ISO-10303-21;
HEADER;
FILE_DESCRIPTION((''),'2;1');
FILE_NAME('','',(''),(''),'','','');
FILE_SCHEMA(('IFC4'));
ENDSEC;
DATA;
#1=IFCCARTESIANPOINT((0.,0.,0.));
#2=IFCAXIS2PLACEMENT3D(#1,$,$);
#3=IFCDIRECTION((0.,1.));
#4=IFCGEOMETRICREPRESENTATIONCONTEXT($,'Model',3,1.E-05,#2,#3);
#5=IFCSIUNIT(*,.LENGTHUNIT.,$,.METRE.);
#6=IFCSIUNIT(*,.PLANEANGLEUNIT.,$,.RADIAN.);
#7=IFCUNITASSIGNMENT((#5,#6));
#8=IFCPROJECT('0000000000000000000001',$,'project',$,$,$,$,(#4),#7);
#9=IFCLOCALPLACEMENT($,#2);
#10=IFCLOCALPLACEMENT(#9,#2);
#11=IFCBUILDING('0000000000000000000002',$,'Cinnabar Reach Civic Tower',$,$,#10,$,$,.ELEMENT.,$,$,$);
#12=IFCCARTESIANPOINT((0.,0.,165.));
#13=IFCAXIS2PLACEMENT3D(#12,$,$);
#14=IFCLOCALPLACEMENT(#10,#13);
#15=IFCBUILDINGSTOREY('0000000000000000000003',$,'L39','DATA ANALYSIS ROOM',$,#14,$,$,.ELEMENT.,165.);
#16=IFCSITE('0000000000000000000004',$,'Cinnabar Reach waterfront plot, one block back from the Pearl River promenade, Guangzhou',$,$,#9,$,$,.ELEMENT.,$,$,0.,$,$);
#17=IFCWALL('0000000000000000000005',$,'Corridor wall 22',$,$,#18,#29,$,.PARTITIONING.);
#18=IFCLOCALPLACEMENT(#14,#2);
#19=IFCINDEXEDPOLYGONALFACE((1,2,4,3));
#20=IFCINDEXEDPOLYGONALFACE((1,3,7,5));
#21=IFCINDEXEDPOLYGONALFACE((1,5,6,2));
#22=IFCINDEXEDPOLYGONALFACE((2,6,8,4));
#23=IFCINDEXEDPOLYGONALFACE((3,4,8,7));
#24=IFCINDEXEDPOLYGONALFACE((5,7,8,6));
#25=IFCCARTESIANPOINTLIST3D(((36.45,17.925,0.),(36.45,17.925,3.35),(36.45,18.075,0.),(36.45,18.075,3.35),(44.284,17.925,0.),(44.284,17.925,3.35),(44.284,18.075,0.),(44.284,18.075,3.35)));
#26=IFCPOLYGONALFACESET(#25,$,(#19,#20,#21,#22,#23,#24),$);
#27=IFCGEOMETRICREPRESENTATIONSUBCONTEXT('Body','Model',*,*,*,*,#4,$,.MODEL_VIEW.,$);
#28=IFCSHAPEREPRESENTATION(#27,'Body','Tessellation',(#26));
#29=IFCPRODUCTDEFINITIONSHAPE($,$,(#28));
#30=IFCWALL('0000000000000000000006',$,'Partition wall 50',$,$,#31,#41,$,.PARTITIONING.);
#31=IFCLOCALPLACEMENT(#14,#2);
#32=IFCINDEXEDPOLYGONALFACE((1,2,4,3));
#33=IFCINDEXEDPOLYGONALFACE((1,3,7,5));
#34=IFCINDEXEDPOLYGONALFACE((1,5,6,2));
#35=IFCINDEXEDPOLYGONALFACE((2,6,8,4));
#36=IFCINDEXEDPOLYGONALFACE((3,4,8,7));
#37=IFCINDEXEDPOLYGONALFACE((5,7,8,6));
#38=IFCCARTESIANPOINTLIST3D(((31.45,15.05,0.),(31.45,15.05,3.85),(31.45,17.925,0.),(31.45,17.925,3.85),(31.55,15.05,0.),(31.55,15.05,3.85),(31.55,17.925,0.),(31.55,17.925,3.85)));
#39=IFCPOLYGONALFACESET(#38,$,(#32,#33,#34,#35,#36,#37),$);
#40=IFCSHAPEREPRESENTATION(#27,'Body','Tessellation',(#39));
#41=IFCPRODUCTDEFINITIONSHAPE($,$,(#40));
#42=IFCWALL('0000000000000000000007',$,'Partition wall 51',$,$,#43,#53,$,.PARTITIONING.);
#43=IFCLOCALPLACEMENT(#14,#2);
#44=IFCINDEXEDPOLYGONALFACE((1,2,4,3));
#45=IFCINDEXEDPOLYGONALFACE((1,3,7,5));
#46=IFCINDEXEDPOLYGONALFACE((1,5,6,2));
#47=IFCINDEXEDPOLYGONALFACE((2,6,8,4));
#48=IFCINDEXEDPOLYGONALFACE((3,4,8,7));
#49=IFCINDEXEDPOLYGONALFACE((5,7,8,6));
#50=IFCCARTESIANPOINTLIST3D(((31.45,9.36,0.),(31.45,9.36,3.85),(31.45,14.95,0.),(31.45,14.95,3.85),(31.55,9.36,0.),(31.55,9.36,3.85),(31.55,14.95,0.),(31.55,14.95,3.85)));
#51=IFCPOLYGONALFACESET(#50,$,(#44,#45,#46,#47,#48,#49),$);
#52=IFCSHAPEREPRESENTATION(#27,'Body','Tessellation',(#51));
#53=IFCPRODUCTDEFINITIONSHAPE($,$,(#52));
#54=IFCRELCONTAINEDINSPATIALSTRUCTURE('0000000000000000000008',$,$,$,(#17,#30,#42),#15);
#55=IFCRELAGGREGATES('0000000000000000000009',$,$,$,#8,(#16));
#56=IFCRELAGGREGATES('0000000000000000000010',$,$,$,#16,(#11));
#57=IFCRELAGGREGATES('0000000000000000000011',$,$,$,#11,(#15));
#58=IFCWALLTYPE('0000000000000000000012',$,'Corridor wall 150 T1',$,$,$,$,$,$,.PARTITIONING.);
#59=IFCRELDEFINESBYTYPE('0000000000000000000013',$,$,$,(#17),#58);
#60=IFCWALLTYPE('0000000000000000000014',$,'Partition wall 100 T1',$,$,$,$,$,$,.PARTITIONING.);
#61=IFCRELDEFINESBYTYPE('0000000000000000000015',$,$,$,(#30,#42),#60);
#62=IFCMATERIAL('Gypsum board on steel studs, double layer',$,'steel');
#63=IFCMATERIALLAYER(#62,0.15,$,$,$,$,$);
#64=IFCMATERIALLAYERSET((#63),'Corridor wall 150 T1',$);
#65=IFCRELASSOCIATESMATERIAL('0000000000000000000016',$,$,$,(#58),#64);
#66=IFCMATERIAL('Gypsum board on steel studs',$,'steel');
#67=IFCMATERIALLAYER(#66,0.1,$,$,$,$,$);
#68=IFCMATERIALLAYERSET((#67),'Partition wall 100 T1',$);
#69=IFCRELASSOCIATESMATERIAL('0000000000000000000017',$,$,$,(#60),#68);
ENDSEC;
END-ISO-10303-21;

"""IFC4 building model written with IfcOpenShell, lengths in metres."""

from ifc_helpers import new_model, si_unit, direction, frame, frame_2d, origin, place, context, subcontext, project, spatial, rectangle, extrude, material, layer, layer_set, type_object, element, save


model = new_model("IFC4")

# Units and contexts
model_context = context("Model", 3, precision=1e-05, world=origin(), true_north=direction((0.0, 1.0)))
body_context = subcontext(model_context, "Body", "Model", "MODEL_VIEW")
ifc_project = project(units=[si_unit("LENGTHUNIT", "METRE"), si_unit("PLANEANGLEUNIT", "RADIAN")], contexts=[model_context])

# Site, building, storey
site_placement = place(None, origin())
site = spatial("IfcSite", under=ifc_project, at=site_placement, Name="Cinnabar Reach waterfront plot, one block back from the Pearl River promenade, Guangzhou", CompositionType="ELEMENT", RefElevation=0.0)
building_placement = place(site_placement, origin())
building = spatial("IfcBuilding", under=site, at=building_placement, Name="Cinnabar Reach Civic Tower", CompositionType="ELEMENT")
storey_placement = place(building_placement, frame((0.0, 0.0, 165.0)))
storey = spatial("IfcBuildingStorey", under=building, at=storey_placement, Name="L39", Description="DATA ANALYSIS ROOM", CompositionType="ELEMENT", Elevation=165.0)

# Walls
ifc_material_1 = material(Name="Gypsum board on steel studs, double layer", Category="steel")
ifc_layer_1 = layer(ifc_material_1, 0.15)
ifc_layer_set_1 = layer_set([ifc_layer_1], Name="Corridor wall 150 T1")
wall_type_1 = type_object("IfcWallType", Name="Corridor wall 150 T1", PredefinedType="PARTITIONING", material=ifc_layer_set_1)
wall_1_placement = place(storey_placement, frame((36.45, 18.0, 0.0), z_axis=(0.0, 0.0, 1.0), x_axis=(1.0, 0.0, 0.0)))
element("IfcWall", 1, at=wall_1_placement, inside=storey, type_object=wall_type_1, Name="Corridor wall 22", PredefinedType="PARTITIONING", context=body_context, shape_type="SweptSolid", body=[
    extrude(rectangle(XDim=7.834, YDim=0.15, at=frame_2d((3.917, 0.0))), origin(), (0.0, 0.0, 1.0), 3.35),
])
ifc_material_2 = material(Name="Gypsum board on steel studs", Category="steel")
ifc_layer_2 = layer(ifc_material_2, 0.1)
ifc_layer_set_2 = layer_set([ifc_layer_2], Name="Partition wall 100 T1")
wall_type_2 = type_object("IfcWallType", Name="Partition wall 100 T1", PredefinedType="PARTITIONING", material=ifc_layer_set_2)
wall_2_placement = place(storey_placement, frame((31.5, 15.05, 0.0), z_axis=(0.0, 0.0, 1.0), x_axis=(0.0, 1.0, 0.0)))
element("IfcWall", 2, at=wall_2_placement, inside=storey, type_object=wall_type_2, Name="Partition wall 50", PredefinedType="PARTITIONING", context=body_context, shape_type="SweptSolid", body=[
    extrude(rectangle(XDim=2.875, YDim=0.1, at=frame_2d((1.4375, 0.0))), origin(), (0.0, 0.0, 1.0), 3.85),
])
wall_3_placement = place(storey_placement, frame((31.5, 9.36, 0.0), z_axis=(0.0, 0.0, 1.0), x_axis=(0.0, 1.0, 0.0)))
element("IfcWall", 3, at=wall_3_placement, inside=storey, type_object=wall_type_2, Name="Partition wall 51", PredefinedType="PARTITIONING", context=body_context, shape_type="SweptSolid", body=[
    extrude(rectangle(XDim=5.59, YDim=0.1, at=frame_2d((2.795, 0.0))), origin(), (0.0, 0.0, 1.0), 3.85),
])

save(model, "model.ifc")
